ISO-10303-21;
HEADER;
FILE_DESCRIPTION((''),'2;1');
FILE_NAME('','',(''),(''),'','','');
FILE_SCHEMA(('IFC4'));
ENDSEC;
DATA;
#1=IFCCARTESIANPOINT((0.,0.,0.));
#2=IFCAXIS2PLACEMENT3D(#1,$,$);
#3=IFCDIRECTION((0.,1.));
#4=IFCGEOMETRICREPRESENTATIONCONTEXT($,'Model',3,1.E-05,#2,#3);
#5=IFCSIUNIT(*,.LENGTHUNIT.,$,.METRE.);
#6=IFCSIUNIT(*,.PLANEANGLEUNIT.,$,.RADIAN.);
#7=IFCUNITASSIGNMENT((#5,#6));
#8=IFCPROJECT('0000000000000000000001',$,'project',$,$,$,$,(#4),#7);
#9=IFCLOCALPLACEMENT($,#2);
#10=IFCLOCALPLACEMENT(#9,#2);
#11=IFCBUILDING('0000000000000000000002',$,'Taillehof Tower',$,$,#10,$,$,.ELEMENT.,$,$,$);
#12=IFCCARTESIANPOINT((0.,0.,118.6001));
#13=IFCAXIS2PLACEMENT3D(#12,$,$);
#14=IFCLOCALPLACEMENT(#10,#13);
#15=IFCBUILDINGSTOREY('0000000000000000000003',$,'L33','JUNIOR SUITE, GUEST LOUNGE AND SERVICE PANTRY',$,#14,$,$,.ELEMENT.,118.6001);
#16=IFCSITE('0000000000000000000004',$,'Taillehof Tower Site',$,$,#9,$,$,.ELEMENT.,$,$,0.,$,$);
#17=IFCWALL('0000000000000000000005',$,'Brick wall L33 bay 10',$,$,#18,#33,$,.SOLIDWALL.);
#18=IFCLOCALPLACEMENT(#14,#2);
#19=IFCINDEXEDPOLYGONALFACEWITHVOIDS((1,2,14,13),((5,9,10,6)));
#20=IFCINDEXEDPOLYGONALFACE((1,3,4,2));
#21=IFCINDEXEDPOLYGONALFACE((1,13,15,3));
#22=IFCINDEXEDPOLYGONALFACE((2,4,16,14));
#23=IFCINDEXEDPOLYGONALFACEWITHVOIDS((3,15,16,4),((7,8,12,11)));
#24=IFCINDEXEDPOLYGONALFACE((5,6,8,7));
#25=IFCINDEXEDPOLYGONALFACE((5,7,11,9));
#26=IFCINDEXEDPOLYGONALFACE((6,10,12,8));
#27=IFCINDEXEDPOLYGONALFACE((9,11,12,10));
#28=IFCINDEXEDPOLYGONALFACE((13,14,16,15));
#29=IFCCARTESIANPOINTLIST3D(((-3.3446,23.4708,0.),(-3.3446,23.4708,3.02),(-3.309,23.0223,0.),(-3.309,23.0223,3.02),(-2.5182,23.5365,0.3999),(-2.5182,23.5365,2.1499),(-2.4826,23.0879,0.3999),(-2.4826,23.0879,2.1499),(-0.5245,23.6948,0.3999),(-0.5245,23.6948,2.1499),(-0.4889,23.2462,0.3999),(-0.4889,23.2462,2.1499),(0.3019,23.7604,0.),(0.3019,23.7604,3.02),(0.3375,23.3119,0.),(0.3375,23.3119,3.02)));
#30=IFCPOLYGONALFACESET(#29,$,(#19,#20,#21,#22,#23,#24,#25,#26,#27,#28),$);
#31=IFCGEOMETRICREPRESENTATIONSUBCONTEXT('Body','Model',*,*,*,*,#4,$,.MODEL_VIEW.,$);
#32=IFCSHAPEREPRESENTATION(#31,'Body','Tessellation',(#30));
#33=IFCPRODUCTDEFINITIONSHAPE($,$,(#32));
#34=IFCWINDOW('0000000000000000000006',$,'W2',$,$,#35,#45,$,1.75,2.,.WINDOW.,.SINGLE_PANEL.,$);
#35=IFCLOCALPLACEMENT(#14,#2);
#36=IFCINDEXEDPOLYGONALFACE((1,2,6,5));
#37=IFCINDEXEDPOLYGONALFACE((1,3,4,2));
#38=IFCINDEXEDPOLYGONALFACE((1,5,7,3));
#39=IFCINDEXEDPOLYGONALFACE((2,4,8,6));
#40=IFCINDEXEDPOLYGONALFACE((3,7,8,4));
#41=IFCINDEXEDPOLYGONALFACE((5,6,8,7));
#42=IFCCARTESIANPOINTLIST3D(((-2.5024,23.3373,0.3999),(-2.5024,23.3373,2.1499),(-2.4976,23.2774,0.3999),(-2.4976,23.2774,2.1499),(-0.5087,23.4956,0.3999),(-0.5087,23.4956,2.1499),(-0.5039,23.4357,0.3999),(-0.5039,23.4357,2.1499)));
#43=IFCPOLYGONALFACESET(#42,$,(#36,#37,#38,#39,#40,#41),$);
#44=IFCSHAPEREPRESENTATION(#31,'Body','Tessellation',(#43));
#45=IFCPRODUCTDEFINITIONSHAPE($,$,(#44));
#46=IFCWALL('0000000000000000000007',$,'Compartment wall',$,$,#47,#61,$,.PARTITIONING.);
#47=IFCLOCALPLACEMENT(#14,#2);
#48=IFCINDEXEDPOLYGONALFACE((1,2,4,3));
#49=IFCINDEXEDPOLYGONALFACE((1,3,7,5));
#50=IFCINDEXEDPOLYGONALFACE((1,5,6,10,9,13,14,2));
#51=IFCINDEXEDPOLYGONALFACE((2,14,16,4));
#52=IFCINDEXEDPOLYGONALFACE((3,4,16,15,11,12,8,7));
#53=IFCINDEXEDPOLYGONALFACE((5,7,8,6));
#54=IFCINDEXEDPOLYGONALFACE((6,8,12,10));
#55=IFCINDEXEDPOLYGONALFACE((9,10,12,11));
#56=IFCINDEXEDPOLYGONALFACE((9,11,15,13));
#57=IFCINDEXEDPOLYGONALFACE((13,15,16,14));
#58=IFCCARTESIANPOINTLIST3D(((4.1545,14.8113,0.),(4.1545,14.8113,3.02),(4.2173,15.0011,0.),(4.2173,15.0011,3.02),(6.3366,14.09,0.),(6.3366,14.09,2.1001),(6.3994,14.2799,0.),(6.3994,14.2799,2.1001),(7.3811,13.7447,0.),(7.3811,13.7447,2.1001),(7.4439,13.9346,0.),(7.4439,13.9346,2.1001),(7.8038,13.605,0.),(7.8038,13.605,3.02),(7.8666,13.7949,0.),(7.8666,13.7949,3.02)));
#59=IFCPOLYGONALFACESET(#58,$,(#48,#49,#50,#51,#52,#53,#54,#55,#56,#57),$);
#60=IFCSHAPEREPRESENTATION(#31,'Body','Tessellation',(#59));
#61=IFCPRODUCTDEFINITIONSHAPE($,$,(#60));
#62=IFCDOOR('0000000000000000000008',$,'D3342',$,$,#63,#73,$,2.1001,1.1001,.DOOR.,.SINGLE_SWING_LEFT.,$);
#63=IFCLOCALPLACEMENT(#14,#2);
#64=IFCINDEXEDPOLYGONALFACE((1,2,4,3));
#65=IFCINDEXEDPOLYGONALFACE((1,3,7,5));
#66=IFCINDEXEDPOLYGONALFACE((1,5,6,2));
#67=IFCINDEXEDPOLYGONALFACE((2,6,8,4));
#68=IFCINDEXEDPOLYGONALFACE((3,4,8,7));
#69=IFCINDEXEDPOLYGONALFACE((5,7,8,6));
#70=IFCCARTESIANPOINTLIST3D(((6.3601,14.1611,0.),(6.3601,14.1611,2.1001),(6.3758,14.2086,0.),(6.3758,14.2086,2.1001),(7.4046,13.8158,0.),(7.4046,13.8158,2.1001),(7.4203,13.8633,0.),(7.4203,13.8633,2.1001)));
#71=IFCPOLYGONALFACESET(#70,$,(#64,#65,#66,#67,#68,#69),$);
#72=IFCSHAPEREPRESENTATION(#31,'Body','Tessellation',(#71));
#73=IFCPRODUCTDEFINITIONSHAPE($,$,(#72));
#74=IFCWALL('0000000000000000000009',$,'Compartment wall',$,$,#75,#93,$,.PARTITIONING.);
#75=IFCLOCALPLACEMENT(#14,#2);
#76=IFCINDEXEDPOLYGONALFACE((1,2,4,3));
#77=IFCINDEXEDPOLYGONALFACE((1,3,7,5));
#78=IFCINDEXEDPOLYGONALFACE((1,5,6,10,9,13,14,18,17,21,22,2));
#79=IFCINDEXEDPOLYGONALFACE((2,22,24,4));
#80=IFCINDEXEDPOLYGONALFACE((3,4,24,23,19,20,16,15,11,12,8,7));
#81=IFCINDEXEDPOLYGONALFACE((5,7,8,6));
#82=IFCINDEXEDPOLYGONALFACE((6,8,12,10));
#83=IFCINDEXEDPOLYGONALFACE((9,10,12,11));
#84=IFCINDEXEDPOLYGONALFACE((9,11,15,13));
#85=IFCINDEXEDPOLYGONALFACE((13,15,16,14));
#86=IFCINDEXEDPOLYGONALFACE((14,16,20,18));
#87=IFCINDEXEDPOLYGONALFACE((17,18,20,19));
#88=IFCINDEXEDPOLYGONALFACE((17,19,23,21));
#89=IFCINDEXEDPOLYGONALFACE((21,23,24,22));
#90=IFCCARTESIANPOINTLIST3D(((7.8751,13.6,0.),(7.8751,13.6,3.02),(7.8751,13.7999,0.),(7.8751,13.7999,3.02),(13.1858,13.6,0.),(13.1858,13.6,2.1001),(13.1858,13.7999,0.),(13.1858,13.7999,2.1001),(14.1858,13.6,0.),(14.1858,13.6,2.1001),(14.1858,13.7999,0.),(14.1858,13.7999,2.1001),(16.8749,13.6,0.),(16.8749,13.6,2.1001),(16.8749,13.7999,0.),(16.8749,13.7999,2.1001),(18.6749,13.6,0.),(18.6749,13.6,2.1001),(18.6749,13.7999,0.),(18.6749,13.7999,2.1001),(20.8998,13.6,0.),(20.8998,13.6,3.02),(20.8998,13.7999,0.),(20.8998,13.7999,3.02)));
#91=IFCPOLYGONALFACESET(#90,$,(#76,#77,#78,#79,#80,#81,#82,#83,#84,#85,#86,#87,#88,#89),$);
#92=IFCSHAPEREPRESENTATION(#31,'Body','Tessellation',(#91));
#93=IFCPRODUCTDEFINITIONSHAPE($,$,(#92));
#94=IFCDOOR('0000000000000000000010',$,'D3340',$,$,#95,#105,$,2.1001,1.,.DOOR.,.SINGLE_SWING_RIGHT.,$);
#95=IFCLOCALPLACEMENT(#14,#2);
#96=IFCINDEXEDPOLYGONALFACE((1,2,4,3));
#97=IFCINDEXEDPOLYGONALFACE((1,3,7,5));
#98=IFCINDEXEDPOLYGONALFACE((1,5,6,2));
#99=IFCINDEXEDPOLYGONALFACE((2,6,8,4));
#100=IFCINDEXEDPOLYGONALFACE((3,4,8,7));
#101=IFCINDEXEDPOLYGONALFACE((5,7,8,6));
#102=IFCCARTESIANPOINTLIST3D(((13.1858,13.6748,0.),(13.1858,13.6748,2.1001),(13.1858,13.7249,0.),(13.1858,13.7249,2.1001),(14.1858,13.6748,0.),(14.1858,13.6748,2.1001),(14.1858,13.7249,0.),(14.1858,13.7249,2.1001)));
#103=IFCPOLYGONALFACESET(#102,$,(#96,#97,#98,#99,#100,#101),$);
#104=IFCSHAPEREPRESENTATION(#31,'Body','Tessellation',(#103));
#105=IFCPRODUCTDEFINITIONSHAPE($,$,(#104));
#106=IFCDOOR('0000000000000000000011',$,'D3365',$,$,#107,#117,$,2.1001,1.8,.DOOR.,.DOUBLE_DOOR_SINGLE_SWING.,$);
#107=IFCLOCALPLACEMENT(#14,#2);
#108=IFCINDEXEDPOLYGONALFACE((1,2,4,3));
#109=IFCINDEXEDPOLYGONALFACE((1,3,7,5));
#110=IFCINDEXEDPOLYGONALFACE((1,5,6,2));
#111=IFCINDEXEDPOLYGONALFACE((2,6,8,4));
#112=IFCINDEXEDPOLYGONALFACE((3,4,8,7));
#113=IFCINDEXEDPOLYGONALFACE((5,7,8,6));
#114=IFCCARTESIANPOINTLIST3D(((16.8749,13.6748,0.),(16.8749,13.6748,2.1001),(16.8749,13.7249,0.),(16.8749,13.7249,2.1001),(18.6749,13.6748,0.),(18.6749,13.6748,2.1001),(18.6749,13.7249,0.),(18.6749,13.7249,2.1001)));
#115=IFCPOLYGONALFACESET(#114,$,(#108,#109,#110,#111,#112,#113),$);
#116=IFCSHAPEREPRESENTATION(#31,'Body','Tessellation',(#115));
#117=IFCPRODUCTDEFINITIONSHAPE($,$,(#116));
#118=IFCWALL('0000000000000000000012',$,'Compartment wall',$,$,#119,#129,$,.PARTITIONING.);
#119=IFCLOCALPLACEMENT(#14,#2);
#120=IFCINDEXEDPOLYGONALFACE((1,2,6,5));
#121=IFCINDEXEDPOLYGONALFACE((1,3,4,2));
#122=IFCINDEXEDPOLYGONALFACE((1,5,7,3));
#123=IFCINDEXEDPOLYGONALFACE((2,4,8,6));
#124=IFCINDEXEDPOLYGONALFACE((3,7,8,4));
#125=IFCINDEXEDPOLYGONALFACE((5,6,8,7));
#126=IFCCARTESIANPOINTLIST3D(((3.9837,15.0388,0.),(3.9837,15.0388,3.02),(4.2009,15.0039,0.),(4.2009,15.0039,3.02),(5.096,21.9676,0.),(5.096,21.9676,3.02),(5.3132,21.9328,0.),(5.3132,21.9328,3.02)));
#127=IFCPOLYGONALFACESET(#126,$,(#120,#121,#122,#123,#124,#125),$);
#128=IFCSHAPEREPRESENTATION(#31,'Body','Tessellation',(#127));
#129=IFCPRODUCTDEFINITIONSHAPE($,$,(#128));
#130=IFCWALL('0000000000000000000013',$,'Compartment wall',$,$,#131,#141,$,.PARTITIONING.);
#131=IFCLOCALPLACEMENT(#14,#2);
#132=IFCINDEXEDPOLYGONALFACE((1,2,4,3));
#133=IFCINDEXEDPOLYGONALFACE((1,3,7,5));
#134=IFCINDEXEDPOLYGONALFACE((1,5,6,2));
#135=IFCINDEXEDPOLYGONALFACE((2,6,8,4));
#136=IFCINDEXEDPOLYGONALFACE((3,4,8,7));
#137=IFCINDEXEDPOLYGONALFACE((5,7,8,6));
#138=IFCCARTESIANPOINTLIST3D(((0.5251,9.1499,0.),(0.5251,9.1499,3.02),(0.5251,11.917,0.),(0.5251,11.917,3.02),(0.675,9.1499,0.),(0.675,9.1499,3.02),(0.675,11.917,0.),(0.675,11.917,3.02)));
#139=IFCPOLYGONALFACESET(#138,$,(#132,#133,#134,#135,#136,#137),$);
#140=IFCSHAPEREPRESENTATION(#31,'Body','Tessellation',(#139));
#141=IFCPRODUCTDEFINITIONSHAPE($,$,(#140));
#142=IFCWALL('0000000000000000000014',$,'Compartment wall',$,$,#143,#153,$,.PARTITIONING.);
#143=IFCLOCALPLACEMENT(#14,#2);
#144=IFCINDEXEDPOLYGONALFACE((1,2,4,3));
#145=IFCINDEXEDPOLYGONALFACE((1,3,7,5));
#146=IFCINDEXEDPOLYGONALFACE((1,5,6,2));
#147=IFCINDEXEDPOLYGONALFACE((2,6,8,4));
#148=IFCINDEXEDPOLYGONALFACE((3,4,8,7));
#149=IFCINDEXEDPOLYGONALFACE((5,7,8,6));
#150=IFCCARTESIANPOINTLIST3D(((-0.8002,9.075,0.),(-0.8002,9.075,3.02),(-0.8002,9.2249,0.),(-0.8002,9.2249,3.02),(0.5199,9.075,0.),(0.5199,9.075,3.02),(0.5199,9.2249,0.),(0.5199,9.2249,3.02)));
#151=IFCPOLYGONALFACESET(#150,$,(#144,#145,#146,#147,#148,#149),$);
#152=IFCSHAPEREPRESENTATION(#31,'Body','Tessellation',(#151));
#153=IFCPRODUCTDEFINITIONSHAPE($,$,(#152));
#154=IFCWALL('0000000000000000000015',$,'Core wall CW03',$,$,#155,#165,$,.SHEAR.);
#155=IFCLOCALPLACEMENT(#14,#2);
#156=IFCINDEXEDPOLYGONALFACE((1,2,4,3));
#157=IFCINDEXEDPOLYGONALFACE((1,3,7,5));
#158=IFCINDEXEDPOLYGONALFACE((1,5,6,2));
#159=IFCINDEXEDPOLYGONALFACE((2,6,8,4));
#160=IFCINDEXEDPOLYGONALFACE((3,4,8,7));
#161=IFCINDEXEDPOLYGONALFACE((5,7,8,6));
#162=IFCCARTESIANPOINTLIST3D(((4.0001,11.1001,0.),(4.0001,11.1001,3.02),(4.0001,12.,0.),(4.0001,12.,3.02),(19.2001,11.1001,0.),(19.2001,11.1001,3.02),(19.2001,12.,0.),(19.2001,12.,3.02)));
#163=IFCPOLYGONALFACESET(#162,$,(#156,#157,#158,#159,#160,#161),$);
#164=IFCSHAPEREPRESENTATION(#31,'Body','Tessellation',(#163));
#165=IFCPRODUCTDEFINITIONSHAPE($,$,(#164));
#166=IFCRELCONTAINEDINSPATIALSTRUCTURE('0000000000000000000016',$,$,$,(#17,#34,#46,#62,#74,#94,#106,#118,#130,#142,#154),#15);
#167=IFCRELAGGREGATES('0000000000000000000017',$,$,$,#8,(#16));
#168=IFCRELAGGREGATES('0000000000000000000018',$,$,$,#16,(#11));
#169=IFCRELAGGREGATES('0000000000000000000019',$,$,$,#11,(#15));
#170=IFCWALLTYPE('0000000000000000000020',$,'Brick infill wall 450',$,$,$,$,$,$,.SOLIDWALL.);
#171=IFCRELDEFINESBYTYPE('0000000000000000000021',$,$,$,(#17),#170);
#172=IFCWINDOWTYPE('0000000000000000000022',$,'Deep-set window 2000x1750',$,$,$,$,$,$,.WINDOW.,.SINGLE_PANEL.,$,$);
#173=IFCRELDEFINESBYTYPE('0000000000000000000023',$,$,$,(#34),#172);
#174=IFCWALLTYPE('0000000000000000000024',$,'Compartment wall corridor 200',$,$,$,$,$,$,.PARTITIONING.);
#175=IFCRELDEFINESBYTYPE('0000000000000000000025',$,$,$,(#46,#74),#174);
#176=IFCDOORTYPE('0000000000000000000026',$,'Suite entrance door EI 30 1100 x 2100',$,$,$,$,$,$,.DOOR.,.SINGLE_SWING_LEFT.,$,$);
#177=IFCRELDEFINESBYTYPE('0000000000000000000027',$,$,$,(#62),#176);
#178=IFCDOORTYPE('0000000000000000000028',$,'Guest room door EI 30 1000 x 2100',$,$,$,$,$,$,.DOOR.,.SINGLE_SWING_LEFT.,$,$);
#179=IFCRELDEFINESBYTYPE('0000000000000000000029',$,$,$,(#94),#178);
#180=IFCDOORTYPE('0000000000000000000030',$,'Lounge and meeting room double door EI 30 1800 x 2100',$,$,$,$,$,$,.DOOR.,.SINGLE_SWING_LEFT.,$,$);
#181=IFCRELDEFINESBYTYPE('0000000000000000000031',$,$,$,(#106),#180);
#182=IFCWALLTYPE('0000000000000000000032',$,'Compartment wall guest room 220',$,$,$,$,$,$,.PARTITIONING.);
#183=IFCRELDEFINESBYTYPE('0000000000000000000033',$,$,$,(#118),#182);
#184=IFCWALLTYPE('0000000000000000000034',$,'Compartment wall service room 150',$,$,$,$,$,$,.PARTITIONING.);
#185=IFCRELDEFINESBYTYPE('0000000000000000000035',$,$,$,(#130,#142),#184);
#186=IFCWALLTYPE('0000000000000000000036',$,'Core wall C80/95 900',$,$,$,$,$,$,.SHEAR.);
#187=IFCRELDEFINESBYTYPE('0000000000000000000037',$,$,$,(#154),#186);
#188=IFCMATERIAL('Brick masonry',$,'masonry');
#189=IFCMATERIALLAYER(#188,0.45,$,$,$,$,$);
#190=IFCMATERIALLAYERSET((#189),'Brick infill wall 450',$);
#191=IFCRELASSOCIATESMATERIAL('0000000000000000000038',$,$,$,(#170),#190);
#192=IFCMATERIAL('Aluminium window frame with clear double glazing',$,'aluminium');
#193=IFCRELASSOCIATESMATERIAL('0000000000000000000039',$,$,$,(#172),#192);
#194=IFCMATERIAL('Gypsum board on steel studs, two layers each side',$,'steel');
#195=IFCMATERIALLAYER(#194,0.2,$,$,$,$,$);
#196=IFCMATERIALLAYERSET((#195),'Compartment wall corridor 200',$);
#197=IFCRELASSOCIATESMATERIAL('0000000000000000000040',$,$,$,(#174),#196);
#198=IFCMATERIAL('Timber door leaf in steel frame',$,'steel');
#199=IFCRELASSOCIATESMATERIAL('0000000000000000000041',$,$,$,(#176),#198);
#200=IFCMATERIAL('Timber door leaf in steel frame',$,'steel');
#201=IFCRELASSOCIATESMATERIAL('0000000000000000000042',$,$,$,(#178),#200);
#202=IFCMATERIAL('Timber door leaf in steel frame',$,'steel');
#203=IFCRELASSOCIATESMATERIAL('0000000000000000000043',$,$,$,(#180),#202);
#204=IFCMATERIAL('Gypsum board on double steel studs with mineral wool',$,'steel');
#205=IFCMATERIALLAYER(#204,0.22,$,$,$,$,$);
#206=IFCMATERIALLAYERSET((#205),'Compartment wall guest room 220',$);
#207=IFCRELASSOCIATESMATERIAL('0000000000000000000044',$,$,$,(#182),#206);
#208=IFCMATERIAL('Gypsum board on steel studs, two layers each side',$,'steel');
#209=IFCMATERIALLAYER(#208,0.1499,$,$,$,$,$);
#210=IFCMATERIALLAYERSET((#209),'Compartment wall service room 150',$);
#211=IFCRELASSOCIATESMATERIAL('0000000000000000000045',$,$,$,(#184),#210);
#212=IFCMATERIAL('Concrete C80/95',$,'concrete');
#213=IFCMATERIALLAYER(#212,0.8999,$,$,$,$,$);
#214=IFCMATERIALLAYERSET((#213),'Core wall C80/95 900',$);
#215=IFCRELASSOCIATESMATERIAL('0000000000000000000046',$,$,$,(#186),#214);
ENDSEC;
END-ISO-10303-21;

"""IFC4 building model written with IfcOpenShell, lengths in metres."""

from ifc_helpers import new_model, si_unit, direction, frame, frame_2d, origin, place, context, subcontext, project, spatial, rectangle, extrude, material, layer, layer_set, type_object, element, fill, save


model = new_model("IFC4")

# Units and contexts
model_context = context("Model", 3, precision=1e-05, world=origin(), true_north=direction((0.0, 1.0)))
body_context = subcontext(model_context, "Body", "Model", "MODEL_VIEW")
ifc_project = project(units=[si_unit("LENGTHUNIT", "METRE"), si_unit("PLANEANGLEUNIT", "RADIAN")], contexts=[model_context])

# Site, building, storey
site_placement = place(None, origin())
site = spatial("IfcSite", under=ifc_project, at=site_placement, Name="Taillehof Tower Site", CompositionType="ELEMENT", RefElevation=0.0)
building_placement = place(site_placement, origin())
building = spatial("IfcBuilding", under=site, at=building_placement, Name="Taillehof Tower", CompositionType="ELEMENT")
storey_placement = place(building_placement, frame((0.0, 0.0, 118.6001)))
storey = spatial("IfcBuildingStorey", under=building, at=storey_placement, Name="L33", Description="JUNIOR SUITE, GUEST LOUNGE AND SERVICE PANTRY", CompositionType="ELEMENT", Elevation=118.6001)

# Wall, opening, window
ifc_material_1 = material(Name="Brick masonry", Category="masonry")
ifc_layer_1 = layer(ifc_material_1, 0.45)
ifc_layer_set_1 = layer_set([ifc_layer_1], Name="Brick infill wall 450")
wall_type_1 = type_object("IfcWallType", Name="Brick infill wall 450", PredefinedType="SOLIDWALL", material=ifc_layer_set_1)
ifc_material_2 = material(Name="Aluminium window frame with clear double glazing", Category="aluminium")
window_type = type_object("IfcWindowType", Name="Deep-set window 2000x1750", PartitioningType="SINGLE_PANEL", PredefinedType="WINDOW", material=ifc_material_2)
wall_1_placement = place(storey_placement, frame((0.3198, 23.5361, 0.0), z_axis=(0.0, 0.0, 1.0), x_axis=(-0.996862, -0.079156, 0.0)))
wall_1 = element("IfcWall", 1, at=wall_1_placement, inside=storey, type_object=wall_type_1, Name="Brick wall L33 bay 10", PredefinedType="SOLIDWALL", context=body_context, shape_type="SweptSolid", body=[
    extrude(rectangle(XDim=3.658, YDim=0.45, at=frame_2d((1.8291, 0.0))), origin(), (0.0, 0.0, 1.0), 3.02),
])
opening_1_placement = place(wall_1_placement, frame((0.8291, 0.0, 0.3999)))
opening_1 = element("IfcOpeningElement", 2, at=opening_1_placement, cuts=wall_1, PredefinedType="OPENING", context=body_context, shape_type="SweptSolid", body=[
    extrude(rectangle(XDim=2.0, YDim=1.75, at=frame_2d((1.0, 0.875))), frame((0.0, 0.2349, 0.0), z_axis=(0.0, -1.0, 0.0), x_axis=(1.0, 0.0, 0.0)), (0.0, 0.0, 1.0), 0.47),
])
window_1_placement = place(opening_1_placement, origin())
window_1 = element("IfcWindow", 3, at=window_1_placement, inside=storey, type_object=window_type, Name="W2", OverallHeight=1.75, OverallWidth=2.0, PartitioningType="SINGLE_PANEL", PredefinedType="WINDOW", context=body_context, shape_type="SweptSolid", body=[
    extrude(rectangle(XDim=2.0, YDim=1.75, at=frame_2d((1.0, 0.875))), frame((0.0, 0.0349, 0.0), z_axis=(0.0, -1.0, 0.0), x_axis=(1.0, 0.0, 0.0)), (0.0, 0.0, 1.0), 0.0601),
])
fill(opening_1, window_1)

# Wall, opening, door
ifc_material_3 = material(Name="Gypsum board on steel studs, two layers each side", Category="steel")
ifc_layer_2 = layer(ifc_material_3, 0.2)
ifc_layer_set_2 = layer_set([ifc_layer_2], Name="Compartment wall corridor 200")
wall_type_2 = type_object("IfcWallType", Name="Compartment wall corridor 200", PredefinedType="PARTITIONING", material=ifc_layer_set_2)
wall_2_placement = place(storey_placement, frame((4.1858, 14.9062, 0.0), z_axis=(0.0, 0.0, 1.0), x_axis=(0.949474, -0.313845, 0.0)))
wall_2 = element("IfcWall", 4, at=wall_2_placement, inside=storey, type_object=wall_type_2, Name="Compartment wall", PredefinedType="PARTITIONING", context=body_context, shape_type="SweptSolid", body=[
    extrude(rectangle(XDim=3.8435, YDim=0.2, at=frame_2d((1.9219, 0.0))), origin(), (0.0, 0.0, 1.0), 3.02),
])
opening_2_placement = place(wall_2_placement, frame((2.2983, 0.0, 0.0)))
opening_2 = element("IfcOpeningElement", 5, at=opening_2_placement, cuts=wall_2, PredefinedType="OPENING", context=body_context, shape_type="SweptSolid", body=[
    extrude(rectangle(XDim=1.1001, YDim=2.1001, at=frame_2d((0.55, 1.05))), frame((0.0, 0.1099, 0.0), z_axis=(0.0, -1.0, 0.0), x_axis=(1.0, 0.0, 0.0)), (0.0, 0.0, 1.0), 0.22),
])
ifc_material_4 = material(Name="Timber door leaf in steel frame", Category="steel")
door_type_1 = type_object("IfcDoorType", Name="Suite entrance door EI 30 1100 x 2100", OperationType="SINGLE_SWING_LEFT", PredefinedType="DOOR", material=ifc_material_4)
door_1_placement = place(opening_2_placement, origin())
door_1 = element("IfcDoor", 6, at=door_1_placement, inside=storey, type_object=door_type_1, Name="D3342", OperationType="SINGLE_SWING_LEFT", OverallHeight=2.1001, OverallWidth=1.1001, PredefinedType="DOOR", context=body_context, shape_type="SweptSolid", body=[
    extrude(rectangle(XDim=1.1001, YDim=2.1001, at=frame_2d((0.55, 1.05))), frame((0.0, 0.0249, 0.0), z_axis=(0.0, -1.0, 0.0), x_axis=(1.0, 0.0, 0.0)), (0.0, 0.0, 1.0), 0.05),
])
fill(opening_2, door_1)

# Wall, openings, doors
wall_3_placement = place(storey_placement, frame((7.8752, 13.7, 0.0), z_axis=(0.0, 0.0, 1.0), x_axis=(1.0, 0.0, 0.0)))
wall_3 = element("IfcWall", 7, at=wall_3_placement, inside=storey, type_object=wall_type_2, Name="Compartment wall", PredefinedType="PARTITIONING", context=body_context, shape_type="SweptSolid", body=[
    extrude(rectangle(XDim=13.0247, YDim=0.2, at=frame_2d((6.5122, 0.0))), origin(), (0.0, 0.0, 1.0), 3.02),
])
opening_3_placement = place(wall_3_placement, frame((5.3105, 0.0, 0.0)))
opening_3 = element("IfcOpeningElement", 8, at=opening_3_placement, cuts=wall_3, PredefinedType="OPENING", context=body_context, shape_type="SweptSolid", body=[
    extrude(rectangle(XDim=1.0, YDim=2.1001, at=frame_2d((0.5, 1.05))), frame((0.0, 0.1099, 0.0), z_axis=(0.0, -1.0, 0.0), x_axis=(1.0, 0.0, 0.0)), (0.0, 0.0, 1.0), 0.22),
])
opening_4_placement = place(wall_3_placement, frame((8.9998, 0.0, 0.0)))
opening_4 = element("IfcOpeningElement", 9, at=opening_4_placement, cuts=wall_3, PredefinedType="OPENING", context=body_context, shape_type="SweptSolid", body=[
    extrude(rectangle(XDim=1.8, YDim=2.1001, at=frame_2d((0.8999, 1.05))), frame((0.0, 0.1099, 0.0), z_axis=(0.0, -1.0, 0.0), x_axis=(1.0, 0.0, 0.0)), (0.0, 0.0, 1.0), 0.22),
])
ifc_material_5 = material(Name="Timber door leaf in steel frame", Category="steel")
door_type_2 = type_object("IfcDoorType", Name="Guest room door EI 30 1000 x 2100", OperationType="SINGLE_SWING_LEFT", PredefinedType="DOOR", material=ifc_material_5)
door_2_placement = place(opening_3_placement, origin())
door_2 = element("IfcDoor", 10, at=door_2_placement, inside=storey, type_object=door_type_2, Name="D3340", OperationType="SINGLE_SWING_RIGHT", OverallHeight=2.1001, OverallWidth=1.0, PredefinedType="DOOR", context=body_context, shape_type="SweptSolid", body=[
    extrude(rectangle(XDim=1.0, YDim=2.1001, at=frame_2d((0.5, 1.05))), frame((0.0, 0.0249, 0.0), z_axis=(0.0, -1.0, 0.0), x_axis=(1.0, 0.0, 0.0)), (0.0, 0.0, 1.0), 0.05),
])
fill(opening_3, door_2)
ifc_material_6 = material(Name="Timber door leaf in steel frame", Category="steel")
door_type_3 = type_object("IfcDoorType", Name="Lounge and meeting room double door EI 30 1800 x 2100", OperationType="SINGLE_SWING_LEFT", PredefinedType="DOOR", material=ifc_material_6)
door_3_placement = place(opening_4_placement, origin())
door_3 = element("IfcDoor", 11, at=door_3_placement, inside=storey, type_object=door_type_3, Name="D3365", OperationType="DOUBLE_DOOR_SINGLE_SWING", OverallHeight=2.1001, OverallWidth=1.8, PredefinedType="DOOR", context=body_context, shape_type="SweptSolid", body=[
    extrude(rectangle(XDim=1.8, YDim=2.1001, at=frame_2d((0.8999, 1.05))), frame((0.0, 0.0249, 0.0), z_axis=(0.0, -1.0, 0.0), x_axis=(1.0, 0.0, 0.0)), (0.0, 0.0, 1.0), 0.05),
])
fill(opening_4, door_3)

# Walls
ifc_material_7 = material(Name="Gypsum board on double steel studs with mineral wool", Category="steel")
ifc_layer_3 = layer(ifc_material_7, 0.22)
ifc_layer_set_3 = layer_set([ifc_layer_3], Name="Compartment wall guest room 220")
wall_type_3 = type_object("IfcWallType", Name="Compartment wall guest room 220", PredefinedType="PARTITIONING", material=ifc_layer_set_3)
wall_4_placement = place(storey_placement, frame((5.2046, 21.9502, 0.0), z_axis=(0.0, 0.0, 1.0), x_axis=(-0.158501, -0.987359, 0.0)))
element("IfcWall", 12, at=wall_4_placement, inside=storey, type_object=wall_type_3, Name="Compartment wall", PredefinedType="PARTITIONING", context=body_context, shape_type="SweptSolid", body=[
    extrude(rectangle(XDim=7.0176, YDim=0.22, at=frame_2d((3.5088, 0.0))), origin(), (0.0, 0.0, 1.0), 3.02),
])
ifc_material_8 = material(Name="Gypsum board on steel studs, two layers each side", Category="steel")
ifc_layer_4 = layer(ifc_material_8, 0.1499)
ifc_layer_set_4 = layer_set([ifc_layer_4], Name="Compartment wall service room 150")
wall_type_4 = type_object("IfcWallType", Name="Compartment wall service room 150", PredefinedType="PARTITIONING", material=ifc_layer_set_4)
wall_5_placement = place(storey_placement, frame((0.6001, 11.917, 0.0), z_axis=(0.0, 0.0, 1.0), x_axis=(0.0, -1.0, 0.0)))
element("IfcWall", 13, at=wall_5_placement, inside=storey, type_object=wall_type_4, Name="Compartment wall", PredefinedType="PARTITIONING", context=body_context, shape_type="SweptSolid", body=[
    extrude(rectangle(XDim=2.7671, YDim=0.1499, at=frame_2d((1.3835, 0.0))), origin(), (0.0, 0.0, 1.0), 3.02),
])
wall_6_placement = place(storey_placement, frame((0.52, 9.1499, 0.0), z_axis=(0.0, 0.0, 1.0), x_axis=(-1.0, 0.0, 0.0)))
element("IfcWall", 14, at=wall_6_placement, inside=storey, type_object=wall_type_4, Name="Compartment wall", PredefinedType="PARTITIONING", context=body_context, shape_type="SweptSolid", body=[
    extrude(rectangle(XDim=1.3201, YDim=0.1499, at=frame_2d((0.6602, 0.0))), origin(), (0.0, 0.0, 1.0), 3.02),
])
ifc_material_9 = material(Name="Concrete C80/95", Category="concrete")
ifc_layer_5 = layer(ifc_material_9, 0.8999)
ifc_layer_set_5 = layer_set([ifc_layer_5], Name="Core wall C80/95 900")
wall_type_5 = type_object("IfcWallType", Name="Core wall C80/95 900", PredefinedType="SHEAR", material=ifc_layer_set_5)
wall_7_placement = place(storey_placement, frame((4.0, 11.55, 0.0), z_axis=(0.0, 0.0, 1.0), x_axis=(1.0, 0.0, 0.0)))
element("IfcWall", 15, at=wall_7_placement, inside=storey, type_object=wall_type_5, Name="Core wall CW03", PredefinedType="SHEAR", context=body_context, shape_type="SweptSolid", body=[
    extrude(rectangle(XDim=15.2, YDim=0.8999, at=frame_2d((7.6001, 0.0))), origin(), (0.0, 0.0, 1.0), 3.02),
])

save(model, "model.ifc")
